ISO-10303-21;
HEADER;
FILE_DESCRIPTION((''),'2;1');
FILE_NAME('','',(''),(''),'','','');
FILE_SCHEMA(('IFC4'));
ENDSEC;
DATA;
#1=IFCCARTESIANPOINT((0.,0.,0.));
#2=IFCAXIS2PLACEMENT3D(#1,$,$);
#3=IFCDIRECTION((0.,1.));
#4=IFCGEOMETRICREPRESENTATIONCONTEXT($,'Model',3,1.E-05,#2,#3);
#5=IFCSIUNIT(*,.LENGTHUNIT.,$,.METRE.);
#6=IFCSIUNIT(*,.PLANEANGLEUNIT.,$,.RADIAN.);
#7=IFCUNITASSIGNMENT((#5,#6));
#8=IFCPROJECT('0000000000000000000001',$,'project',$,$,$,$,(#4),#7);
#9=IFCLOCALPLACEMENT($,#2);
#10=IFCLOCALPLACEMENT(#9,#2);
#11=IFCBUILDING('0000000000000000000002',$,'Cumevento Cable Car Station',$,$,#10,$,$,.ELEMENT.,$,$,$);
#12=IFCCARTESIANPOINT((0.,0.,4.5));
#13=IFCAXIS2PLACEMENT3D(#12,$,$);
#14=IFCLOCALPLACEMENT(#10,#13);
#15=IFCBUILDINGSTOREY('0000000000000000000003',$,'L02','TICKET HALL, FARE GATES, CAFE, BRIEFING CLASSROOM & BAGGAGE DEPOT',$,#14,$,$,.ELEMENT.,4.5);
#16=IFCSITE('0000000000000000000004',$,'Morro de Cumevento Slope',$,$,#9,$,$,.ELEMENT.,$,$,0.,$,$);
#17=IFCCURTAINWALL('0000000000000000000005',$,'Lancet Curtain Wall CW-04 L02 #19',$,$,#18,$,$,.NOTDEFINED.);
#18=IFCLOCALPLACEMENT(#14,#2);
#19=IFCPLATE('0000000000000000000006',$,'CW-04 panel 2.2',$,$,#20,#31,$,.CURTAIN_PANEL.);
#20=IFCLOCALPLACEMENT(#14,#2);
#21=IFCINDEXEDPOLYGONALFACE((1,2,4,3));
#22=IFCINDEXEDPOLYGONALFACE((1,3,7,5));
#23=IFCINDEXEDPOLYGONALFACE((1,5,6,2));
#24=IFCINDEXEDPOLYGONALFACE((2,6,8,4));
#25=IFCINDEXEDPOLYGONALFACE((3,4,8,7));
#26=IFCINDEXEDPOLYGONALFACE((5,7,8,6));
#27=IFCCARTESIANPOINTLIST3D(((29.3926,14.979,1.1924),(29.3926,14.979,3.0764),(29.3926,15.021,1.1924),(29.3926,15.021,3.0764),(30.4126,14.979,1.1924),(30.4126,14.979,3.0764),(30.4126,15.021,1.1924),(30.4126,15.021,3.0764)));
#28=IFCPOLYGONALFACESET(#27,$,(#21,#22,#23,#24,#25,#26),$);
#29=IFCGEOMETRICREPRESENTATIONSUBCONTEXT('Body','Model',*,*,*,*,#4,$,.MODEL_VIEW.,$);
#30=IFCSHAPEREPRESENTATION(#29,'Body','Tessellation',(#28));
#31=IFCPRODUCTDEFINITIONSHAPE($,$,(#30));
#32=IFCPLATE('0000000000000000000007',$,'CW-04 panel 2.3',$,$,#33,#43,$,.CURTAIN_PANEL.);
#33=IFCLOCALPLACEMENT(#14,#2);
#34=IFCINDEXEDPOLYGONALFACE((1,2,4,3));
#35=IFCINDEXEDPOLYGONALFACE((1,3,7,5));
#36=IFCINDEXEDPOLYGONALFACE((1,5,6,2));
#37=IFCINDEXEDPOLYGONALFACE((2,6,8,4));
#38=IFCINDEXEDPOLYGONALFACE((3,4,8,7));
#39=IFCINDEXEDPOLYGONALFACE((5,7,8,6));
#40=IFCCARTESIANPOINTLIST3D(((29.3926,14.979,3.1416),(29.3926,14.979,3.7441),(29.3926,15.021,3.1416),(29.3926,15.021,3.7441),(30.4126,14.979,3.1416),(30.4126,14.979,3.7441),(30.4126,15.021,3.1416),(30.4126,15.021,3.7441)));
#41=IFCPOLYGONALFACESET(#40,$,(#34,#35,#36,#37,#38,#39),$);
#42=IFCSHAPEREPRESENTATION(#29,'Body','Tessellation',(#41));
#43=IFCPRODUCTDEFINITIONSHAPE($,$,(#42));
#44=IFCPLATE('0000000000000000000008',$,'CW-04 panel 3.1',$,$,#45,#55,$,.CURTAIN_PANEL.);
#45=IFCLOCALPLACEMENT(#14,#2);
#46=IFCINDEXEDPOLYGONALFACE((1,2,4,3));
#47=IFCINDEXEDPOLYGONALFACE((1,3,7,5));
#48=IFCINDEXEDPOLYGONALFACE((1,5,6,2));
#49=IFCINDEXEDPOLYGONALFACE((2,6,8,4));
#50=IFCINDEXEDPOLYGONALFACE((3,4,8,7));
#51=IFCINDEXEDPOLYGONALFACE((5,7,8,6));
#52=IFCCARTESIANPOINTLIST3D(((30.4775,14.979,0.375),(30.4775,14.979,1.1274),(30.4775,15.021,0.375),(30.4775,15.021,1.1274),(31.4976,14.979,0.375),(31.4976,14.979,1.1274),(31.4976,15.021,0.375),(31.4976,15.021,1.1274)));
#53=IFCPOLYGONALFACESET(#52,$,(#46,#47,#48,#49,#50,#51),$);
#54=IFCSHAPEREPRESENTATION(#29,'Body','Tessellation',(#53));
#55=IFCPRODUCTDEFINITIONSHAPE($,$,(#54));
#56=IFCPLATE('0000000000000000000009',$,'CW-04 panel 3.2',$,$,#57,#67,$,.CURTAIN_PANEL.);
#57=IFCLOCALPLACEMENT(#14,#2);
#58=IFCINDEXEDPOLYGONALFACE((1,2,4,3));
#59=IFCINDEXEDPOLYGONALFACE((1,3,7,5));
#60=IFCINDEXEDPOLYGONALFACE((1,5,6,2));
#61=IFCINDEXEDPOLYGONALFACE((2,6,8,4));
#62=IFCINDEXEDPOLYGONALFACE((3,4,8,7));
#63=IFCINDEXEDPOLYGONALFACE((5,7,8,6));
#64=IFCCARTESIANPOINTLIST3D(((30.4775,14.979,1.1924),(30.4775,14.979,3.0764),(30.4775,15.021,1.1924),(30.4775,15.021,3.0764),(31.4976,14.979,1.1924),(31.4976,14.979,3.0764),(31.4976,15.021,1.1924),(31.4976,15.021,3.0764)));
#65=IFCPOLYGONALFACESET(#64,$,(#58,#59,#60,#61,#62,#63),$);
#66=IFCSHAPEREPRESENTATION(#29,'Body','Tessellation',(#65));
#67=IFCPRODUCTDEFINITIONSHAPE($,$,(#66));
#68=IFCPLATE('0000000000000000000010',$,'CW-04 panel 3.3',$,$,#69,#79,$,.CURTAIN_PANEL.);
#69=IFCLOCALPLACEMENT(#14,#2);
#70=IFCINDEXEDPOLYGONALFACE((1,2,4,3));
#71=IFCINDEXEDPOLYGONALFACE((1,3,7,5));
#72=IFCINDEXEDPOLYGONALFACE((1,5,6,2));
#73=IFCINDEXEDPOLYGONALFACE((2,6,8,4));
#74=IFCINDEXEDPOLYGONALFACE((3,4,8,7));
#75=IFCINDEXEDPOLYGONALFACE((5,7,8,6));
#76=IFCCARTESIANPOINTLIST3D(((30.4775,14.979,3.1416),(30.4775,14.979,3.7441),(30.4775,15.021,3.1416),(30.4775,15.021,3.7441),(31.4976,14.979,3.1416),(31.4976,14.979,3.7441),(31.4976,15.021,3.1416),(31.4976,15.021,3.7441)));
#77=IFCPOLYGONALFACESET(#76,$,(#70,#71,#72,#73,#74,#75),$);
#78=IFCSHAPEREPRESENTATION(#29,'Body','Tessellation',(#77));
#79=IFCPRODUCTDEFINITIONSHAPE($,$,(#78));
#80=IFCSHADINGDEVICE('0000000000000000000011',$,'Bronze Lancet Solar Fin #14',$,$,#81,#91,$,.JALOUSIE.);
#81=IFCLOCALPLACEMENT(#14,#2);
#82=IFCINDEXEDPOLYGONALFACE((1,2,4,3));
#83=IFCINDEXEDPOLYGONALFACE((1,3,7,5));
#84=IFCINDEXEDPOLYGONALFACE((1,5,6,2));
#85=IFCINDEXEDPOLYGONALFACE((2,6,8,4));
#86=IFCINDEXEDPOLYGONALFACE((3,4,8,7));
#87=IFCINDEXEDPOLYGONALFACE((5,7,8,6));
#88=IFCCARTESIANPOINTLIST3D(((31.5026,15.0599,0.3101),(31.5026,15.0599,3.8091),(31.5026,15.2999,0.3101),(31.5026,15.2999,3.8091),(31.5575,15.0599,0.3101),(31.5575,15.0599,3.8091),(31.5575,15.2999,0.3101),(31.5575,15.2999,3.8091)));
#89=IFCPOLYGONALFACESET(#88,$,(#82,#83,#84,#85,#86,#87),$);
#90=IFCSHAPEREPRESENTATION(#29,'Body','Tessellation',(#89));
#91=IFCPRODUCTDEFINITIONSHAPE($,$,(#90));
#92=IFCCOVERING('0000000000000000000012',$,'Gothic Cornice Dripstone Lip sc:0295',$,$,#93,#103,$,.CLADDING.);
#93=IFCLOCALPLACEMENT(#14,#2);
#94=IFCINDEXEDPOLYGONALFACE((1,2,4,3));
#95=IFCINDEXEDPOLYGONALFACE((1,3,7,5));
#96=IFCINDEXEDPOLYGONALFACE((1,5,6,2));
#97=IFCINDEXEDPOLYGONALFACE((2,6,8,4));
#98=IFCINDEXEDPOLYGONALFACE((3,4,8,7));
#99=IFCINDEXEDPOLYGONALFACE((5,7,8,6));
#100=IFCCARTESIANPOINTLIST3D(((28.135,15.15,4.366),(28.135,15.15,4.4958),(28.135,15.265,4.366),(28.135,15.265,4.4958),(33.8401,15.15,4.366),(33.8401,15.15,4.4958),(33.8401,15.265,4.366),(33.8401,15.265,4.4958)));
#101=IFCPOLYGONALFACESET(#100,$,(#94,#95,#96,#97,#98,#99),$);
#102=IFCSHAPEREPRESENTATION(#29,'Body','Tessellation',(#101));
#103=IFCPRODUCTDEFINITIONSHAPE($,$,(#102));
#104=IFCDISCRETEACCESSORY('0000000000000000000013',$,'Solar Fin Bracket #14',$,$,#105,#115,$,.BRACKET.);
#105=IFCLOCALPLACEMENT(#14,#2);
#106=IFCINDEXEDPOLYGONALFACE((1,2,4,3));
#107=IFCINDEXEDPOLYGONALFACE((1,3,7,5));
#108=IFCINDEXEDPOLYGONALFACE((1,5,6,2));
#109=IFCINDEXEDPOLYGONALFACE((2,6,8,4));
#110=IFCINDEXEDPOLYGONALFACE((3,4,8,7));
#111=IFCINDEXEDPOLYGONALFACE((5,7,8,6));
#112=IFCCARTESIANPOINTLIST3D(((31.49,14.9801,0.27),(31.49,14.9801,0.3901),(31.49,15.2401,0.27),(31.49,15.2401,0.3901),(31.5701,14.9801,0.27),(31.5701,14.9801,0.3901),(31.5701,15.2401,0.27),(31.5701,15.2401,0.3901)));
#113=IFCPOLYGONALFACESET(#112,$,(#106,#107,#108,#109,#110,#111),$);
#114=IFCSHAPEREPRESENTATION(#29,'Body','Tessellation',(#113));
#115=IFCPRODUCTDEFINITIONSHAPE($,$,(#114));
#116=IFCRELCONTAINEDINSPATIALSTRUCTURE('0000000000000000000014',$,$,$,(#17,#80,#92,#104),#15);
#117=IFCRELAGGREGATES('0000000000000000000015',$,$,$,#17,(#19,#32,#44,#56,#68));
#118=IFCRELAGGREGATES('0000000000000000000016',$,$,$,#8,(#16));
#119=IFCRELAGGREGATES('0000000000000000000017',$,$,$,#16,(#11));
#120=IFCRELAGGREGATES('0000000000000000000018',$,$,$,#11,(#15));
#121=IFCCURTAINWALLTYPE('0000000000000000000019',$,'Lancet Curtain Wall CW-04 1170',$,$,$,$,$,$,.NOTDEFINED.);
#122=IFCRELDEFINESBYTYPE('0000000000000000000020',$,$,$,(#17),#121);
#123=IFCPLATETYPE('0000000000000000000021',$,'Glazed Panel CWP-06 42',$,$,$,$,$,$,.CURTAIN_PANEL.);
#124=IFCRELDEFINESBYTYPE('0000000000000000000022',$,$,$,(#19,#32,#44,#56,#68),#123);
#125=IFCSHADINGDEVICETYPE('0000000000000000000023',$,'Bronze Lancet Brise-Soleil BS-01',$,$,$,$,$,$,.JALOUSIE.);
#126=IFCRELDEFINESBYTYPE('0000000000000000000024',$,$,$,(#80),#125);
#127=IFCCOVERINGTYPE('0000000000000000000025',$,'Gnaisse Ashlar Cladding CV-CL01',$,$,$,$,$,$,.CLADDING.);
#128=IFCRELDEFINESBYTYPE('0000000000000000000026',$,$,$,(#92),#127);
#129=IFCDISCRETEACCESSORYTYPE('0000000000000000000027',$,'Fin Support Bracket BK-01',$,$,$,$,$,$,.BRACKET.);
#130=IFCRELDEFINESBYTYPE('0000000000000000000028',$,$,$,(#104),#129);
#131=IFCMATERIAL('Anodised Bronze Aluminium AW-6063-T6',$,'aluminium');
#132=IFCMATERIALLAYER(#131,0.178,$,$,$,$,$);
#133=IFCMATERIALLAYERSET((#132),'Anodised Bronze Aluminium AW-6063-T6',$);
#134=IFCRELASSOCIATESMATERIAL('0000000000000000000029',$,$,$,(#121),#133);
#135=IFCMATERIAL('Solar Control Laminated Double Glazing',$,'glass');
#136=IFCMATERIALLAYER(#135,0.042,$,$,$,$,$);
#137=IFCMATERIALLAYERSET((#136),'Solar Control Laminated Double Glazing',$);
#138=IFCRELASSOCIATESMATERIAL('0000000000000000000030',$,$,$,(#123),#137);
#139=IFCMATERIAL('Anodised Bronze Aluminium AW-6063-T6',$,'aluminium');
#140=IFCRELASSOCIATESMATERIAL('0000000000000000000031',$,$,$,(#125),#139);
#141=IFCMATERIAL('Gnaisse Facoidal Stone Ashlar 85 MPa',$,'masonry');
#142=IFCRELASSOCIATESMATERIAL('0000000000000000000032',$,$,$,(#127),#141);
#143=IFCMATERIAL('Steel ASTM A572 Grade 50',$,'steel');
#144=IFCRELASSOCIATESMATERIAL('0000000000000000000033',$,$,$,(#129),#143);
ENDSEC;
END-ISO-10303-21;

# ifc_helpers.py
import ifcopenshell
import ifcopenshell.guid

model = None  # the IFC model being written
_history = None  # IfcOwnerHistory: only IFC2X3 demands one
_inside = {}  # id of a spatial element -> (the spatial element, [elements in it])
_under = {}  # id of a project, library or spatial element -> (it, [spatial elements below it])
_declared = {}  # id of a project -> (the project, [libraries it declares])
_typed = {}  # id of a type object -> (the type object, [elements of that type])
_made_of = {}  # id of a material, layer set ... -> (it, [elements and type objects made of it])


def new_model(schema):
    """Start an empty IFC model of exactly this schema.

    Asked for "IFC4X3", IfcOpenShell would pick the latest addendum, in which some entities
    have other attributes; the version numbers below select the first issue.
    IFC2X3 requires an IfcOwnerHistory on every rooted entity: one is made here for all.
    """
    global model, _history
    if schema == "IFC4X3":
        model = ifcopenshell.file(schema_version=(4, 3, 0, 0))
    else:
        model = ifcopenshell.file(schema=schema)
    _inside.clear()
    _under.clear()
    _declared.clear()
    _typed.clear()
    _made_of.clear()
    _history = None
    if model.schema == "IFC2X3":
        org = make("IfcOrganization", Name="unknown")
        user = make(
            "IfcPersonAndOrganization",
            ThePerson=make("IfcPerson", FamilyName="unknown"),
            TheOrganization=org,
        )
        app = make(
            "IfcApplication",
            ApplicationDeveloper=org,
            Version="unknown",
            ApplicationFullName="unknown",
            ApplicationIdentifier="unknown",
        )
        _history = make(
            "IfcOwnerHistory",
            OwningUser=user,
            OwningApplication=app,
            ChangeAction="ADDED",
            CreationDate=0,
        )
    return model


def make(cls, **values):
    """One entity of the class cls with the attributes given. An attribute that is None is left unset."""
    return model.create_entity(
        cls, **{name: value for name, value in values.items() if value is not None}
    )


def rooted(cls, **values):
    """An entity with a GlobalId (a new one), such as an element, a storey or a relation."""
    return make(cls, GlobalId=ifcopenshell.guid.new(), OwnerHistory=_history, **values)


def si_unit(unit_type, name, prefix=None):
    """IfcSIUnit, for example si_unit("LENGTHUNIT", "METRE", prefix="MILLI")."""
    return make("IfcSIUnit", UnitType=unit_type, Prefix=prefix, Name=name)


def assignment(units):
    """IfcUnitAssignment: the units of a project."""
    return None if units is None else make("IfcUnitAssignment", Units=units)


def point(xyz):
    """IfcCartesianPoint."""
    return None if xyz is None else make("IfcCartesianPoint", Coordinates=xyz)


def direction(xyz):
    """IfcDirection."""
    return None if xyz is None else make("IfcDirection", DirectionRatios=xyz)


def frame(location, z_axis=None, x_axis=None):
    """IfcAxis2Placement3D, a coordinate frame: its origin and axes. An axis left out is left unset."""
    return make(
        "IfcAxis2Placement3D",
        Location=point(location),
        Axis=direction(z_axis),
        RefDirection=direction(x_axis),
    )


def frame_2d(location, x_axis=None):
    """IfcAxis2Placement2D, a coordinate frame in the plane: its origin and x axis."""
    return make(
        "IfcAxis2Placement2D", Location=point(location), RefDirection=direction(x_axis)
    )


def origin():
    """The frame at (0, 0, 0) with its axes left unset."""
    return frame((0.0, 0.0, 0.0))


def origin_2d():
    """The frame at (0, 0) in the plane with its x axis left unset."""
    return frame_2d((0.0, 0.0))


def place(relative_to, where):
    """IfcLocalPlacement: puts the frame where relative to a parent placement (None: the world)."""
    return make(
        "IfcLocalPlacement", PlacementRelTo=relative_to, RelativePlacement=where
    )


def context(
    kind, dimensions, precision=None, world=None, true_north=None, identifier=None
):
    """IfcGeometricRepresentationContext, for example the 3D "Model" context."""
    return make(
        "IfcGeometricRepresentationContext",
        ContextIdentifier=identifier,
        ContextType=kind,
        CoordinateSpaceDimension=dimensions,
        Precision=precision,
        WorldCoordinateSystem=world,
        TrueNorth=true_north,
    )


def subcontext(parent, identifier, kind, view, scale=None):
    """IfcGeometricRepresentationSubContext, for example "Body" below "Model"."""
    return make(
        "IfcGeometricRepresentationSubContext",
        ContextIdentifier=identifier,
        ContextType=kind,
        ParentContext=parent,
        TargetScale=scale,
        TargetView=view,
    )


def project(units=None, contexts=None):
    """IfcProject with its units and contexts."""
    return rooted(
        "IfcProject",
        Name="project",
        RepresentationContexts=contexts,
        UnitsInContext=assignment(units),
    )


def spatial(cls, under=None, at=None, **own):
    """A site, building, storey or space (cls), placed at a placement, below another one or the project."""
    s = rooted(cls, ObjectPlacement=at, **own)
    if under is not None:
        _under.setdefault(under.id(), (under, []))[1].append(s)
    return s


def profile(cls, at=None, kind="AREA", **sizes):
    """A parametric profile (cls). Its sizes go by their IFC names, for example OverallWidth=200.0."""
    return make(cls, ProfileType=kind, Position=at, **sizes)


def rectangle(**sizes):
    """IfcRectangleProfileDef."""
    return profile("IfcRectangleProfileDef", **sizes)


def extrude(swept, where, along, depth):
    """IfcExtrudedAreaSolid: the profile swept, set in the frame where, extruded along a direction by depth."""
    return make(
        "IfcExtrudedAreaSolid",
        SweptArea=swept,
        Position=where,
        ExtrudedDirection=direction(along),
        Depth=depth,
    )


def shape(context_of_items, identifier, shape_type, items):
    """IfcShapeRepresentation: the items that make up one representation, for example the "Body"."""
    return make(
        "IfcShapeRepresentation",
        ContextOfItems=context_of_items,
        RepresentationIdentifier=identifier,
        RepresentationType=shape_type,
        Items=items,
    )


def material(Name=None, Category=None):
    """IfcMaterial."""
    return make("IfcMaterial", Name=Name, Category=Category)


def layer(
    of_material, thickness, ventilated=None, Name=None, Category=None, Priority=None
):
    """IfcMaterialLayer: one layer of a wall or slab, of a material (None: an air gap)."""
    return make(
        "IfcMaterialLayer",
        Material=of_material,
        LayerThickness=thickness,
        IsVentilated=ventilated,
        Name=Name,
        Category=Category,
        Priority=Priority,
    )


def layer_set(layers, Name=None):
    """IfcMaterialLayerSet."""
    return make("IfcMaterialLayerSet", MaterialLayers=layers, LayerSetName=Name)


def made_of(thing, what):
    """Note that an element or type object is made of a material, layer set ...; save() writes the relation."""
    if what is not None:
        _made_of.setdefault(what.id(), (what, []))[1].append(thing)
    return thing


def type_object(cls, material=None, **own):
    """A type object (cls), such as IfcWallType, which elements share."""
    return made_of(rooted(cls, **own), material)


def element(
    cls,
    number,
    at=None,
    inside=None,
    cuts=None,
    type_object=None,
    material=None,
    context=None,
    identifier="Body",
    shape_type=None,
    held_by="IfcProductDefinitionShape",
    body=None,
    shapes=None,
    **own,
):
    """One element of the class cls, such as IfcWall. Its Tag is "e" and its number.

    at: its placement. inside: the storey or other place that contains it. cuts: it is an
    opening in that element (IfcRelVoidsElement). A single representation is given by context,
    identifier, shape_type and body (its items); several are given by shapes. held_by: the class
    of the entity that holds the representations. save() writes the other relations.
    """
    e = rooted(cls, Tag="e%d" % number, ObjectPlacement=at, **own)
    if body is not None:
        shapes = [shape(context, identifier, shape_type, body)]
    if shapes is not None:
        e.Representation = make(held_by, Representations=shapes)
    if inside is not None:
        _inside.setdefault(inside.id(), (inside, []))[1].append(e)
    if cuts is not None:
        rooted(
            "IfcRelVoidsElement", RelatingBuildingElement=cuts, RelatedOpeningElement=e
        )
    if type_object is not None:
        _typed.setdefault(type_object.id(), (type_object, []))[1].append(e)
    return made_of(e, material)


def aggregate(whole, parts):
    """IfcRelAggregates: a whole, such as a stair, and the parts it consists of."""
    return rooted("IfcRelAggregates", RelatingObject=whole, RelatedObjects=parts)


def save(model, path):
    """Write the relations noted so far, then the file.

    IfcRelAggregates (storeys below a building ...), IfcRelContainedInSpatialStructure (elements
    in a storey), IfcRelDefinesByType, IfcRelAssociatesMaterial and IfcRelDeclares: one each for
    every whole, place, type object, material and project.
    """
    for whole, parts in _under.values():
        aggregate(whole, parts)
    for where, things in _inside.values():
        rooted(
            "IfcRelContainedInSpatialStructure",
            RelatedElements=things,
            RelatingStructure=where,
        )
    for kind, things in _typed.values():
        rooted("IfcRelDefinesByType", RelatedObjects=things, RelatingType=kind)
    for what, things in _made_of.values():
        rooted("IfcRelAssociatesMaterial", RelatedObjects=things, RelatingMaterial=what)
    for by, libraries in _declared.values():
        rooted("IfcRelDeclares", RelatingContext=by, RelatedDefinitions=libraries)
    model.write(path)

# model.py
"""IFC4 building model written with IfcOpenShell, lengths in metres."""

from ifc_helpers import new_model, si_unit, direction, frame, origin, origin_2d, place, context, subcontext, project, spatial, rectangle, extrude, material, layer, layer_set, type_object, element, aggregate, save


model = new_model("IFC4")

# Units and contexts
model_context = context("Model", 3, precision=1e-05, world=origin(), true_north=direction((0.0, 1.0)))
body_context = subcontext(model_context, "Body", "Model", "MODEL_VIEW")
ifc_project = project(units=[si_unit("LENGTHUNIT", "METRE"), si_unit("PLANEANGLEUNIT", "RADIAN")], contexts=[model_context])

# Site, building, storey
site_placement = place(None, origin())
site = spatial("IfcSite", under=ifc_project, at=site_placement, Name="Morro de Cumevento Slope", CompositionType="ELEMENT", RefElevation=0.0)
building_placement = place(site_placement, origin())
building = spatial("IfcBuilding", under=site, at=building_placement, Name="Cumevento Cable Car Station", CompositionType="ELEMENT")
storey_placement = place(building_placement, frame((0.0, 0.0, 4.5)))
storey = spatial("IfcBuildingStorey", under=building, at=storey_placement, Name="L02", Description="TICKET HALL, FARE GATES, CAFE, BRIEFING CLASSROOM & BAGGAGE DEPOT", CompositionType="ELEMENT", Elevation=4.5)

# Curtain wall, plates
ifc_material_1 = material(Name="Anodised Bronze Aluminium AW-6063-T6", Category="aluminium")
ifc_layer_1 = layer(ifc_material_1, 0.178)
ifc_layer_set_1 = layer_set([ifc_layer_1], Name="Anodised Bronze Aluminium AW-6063-T6")
curtain_wall_type = type_object("IfcCurtainWallType", Name="Lancet Curtain Wall CW-04 1170", PredefinedType="NOTDEFINED", material=ifc_layer_set_1)
curtain_wall_placement = place(storey_placement, origin())
curtain_wall = element("IfcCurtainWall", 1, at=curtain_wall_placement, inside=storey, type_object=curtain_wall_type, Name="Lancet Curtain Wall CW-04 L02 #19", PredefinedType="NOTDEFINED")
ifc_material_2 = material(Name="Solar Control Laminated Double Glazing", Category="glass")
ifc_layer_2 = layer(ifc_material_2, 0.042)
ifc_layer_set_2 = layer_set([ifc_layer_2], Name="Solar Control Laminated Double Glazing")
plate_type = type_object("IfcPlateType", Name="Glazed Panel CWP-06 42", PredefinedType="CURTAIN_PANEL", material=ifc_layer_set_2)
plate_1_placement = place(storey_placement, frame((29.9026, 15.0, 1.1924), z_axis=(0.0, 0.0, 1.0), x_axis=(1.0, 0.0, 0.0)))
plate_1 = element("IfcPlate", 2, at=plate_1_placement, type_object=plate_type, Name="CW-04 panel 2.2", PredefinedType="CURTAIN_PANEL", context=body_context, shape_type="SweptSolid", body=[
    extrude(rectangle(XDim=1.02, YDim=0.042, at=origin_2d()), origin(), (0.0, 0.0, 1.0), 1.884),
])
plate_2_placement = place(storey_placement, frame((29.9026, 15.0, 3.1416), z_axis=(0.0, 0.0, 1.0), x_axis=(1.0, 0.0, 0.0)))
plate_2 = element("IfcPlate", 3, at=plate_2_placement, type_object=plate_type, Name="CW-04 panel 2.3", PredefinedType="CURTAIN_PANEL", context=body_context, shape_type="SweptSolid", body=[
    extrude(rectangle(XDim=1.02, YDim=0.042, at=origin_2d()), origin(), (0.0, 0.0, 1.0), 0.6025),
])
plate_3_placement = place(storey_placement, frame((30.9875, 15.0, 0.375), z_axis=(0.0, 0.0, 1.0), x_axis=(1.0, 0.0, 0.0)))
plate_3 = element("IfcPlate", 4, at=plate_3_placement, type_object=plate_type, Name="CW-04 panel 3.1", PredefinedType="CURTAIN_PANEL", context=body_context, shape_type="SweptSolid", body=[
    extrude(rectangle(XDim=1.02, YDim=0.042, at=origin_2d()), origin(), (0.0, 0.0, 1.0), 0.7524),
])
plate_4_placement = place(storey_placement, frame((30.9875, 15.0, 1.1924), z_axis=(0.0, 0.0, 1.0), x_axis=(1.0, 0.0, 0.0)))
plate_4 = element("IfcPlate", 5, at=plate_4_placement, type_object=plate_type, Name="CW-04 panel 3.2", PredefinedType="CURTAIN_PANEL", context=body_context, shape_type="SweptSolid", body=[
    extrude(rectangle(XDim=1.02, YDim=0.042, at=origin_2d()), origin(), (0.0, 0.0, 1.0), 1.884),
])
plate_5_placement = place(storey_placement, frame((30.9875, 15.0, 3.1416), z_axis=(0.0, 0.0, 1.0), x_axis=(1.0, 0.0, 0.0)))
plate_5 = element("IfcPlate", 6, at=plate_5_placement, type_object=plate_type, Name="CW-04 panel 3.3", PredefinedType="CURTAIN_PANEL", context=body_context, shape_type="SweptSolid", body=[
    extrude(rectangle(XDim=1.02, YDim=0.042, at=origin_2d()), origin(), (0.0, 0.0, 1.0), 0.6025),
])
aggregate(curtain_wall, [plate_1, plate_2, plate_3, plate_4, plate_5])

# Shading device
ifc_material_3 = material(Name="Anodised Bronze Aluminium AW-6063-T6", Category="aluminium")
shading_device_type = type_object("IfcShadingDeviceType", Name="Bronze Lancet Brise-Soleil BS-01", PredefinedType="JALOUSIE", material=ifc_material_3)
shading_device_placement = place(storey_placement, frame((31.53, 15.1799, 0.3101), z_axis=(0.0, 0.0, 1.0), x_axis=(1.0, 0.0, 0.0)))
element("IfcShadingDevice", 7, at=shading_device_placement, inside=storey, type_object=shading_device_type, Name="Bronze Lancet Solar Fin #14", PredefinedType="JALOUSIE", context=body_context, shape_type="SweptSolid", body=[
    extrude(rectangle(XDim=0.0549, YDim=0.24, at=origin_2d()), origin(), (0.0, 0.0, 1.0), 3.499),
])

# Covering
ifc_material_4 = material(Name="Gnaisse Facoidal Stone Ashlar 85 MPa", Category="masonry")
covering_type = type_object("IfcCoveringType", Name="Gnaisse Ashlar Cladding CV-CL01", PredefinedType="CLADDING", material=ifc_material_4)
covering_placement = place(storey_placement, frame((30.9875, 15.2075, 4.366), z_axis=(0.0, 0.0, 1.0), x_axis=(1.0, 0.0, 0.0)))
element("IfcCovering", 8, at=covering_placement, inside=storey, type_object=covering_type, Name="Gothic Cornice Dripstone Lip sc:0295", PredefinedType="CLADDING", context=body_context, shape_type="SweptSolid", body=[
    extrude(rectangle(XDim=5.7051, YDim=0.115, at=origin_2d()), origin(), (0.0, 0.0, 1.0), 0.1299),
])

# Discrete accessory
ifc_material_5 = material(Name="Steel ASTM A572 Grade 50", Category="steel")
discrete_accessory_type = type_object("IfcDiscreteAccessoryType", Name="Fin Support Bracket BK-01", PredefinedType="BRACKET", material=ifc_material_5)
discrete_accessory_placement = place(storey_placement, frame((31.53, 15.1101, 0.27), z_axis=(0.0, 0.0, 1.0), x_axis=(1.0, 0.0, 0.0)))
element("IfcDiscreteAccessory", 9, at=discrete_accessory_placement, inside=storey, type_object=discrete_accessory_type, Name="Solar Fin Bracket #14", PredefinedType="BRACKET", context=body_context, shape_type="SweptSolid", body=[
    extrude(rectangle(XDim=0.0801, YDim=0.26, at=origin_2d()), origin(), (0.0, 0.0, 1.0), 0.1201),
])

save(model, "model.ifc")
